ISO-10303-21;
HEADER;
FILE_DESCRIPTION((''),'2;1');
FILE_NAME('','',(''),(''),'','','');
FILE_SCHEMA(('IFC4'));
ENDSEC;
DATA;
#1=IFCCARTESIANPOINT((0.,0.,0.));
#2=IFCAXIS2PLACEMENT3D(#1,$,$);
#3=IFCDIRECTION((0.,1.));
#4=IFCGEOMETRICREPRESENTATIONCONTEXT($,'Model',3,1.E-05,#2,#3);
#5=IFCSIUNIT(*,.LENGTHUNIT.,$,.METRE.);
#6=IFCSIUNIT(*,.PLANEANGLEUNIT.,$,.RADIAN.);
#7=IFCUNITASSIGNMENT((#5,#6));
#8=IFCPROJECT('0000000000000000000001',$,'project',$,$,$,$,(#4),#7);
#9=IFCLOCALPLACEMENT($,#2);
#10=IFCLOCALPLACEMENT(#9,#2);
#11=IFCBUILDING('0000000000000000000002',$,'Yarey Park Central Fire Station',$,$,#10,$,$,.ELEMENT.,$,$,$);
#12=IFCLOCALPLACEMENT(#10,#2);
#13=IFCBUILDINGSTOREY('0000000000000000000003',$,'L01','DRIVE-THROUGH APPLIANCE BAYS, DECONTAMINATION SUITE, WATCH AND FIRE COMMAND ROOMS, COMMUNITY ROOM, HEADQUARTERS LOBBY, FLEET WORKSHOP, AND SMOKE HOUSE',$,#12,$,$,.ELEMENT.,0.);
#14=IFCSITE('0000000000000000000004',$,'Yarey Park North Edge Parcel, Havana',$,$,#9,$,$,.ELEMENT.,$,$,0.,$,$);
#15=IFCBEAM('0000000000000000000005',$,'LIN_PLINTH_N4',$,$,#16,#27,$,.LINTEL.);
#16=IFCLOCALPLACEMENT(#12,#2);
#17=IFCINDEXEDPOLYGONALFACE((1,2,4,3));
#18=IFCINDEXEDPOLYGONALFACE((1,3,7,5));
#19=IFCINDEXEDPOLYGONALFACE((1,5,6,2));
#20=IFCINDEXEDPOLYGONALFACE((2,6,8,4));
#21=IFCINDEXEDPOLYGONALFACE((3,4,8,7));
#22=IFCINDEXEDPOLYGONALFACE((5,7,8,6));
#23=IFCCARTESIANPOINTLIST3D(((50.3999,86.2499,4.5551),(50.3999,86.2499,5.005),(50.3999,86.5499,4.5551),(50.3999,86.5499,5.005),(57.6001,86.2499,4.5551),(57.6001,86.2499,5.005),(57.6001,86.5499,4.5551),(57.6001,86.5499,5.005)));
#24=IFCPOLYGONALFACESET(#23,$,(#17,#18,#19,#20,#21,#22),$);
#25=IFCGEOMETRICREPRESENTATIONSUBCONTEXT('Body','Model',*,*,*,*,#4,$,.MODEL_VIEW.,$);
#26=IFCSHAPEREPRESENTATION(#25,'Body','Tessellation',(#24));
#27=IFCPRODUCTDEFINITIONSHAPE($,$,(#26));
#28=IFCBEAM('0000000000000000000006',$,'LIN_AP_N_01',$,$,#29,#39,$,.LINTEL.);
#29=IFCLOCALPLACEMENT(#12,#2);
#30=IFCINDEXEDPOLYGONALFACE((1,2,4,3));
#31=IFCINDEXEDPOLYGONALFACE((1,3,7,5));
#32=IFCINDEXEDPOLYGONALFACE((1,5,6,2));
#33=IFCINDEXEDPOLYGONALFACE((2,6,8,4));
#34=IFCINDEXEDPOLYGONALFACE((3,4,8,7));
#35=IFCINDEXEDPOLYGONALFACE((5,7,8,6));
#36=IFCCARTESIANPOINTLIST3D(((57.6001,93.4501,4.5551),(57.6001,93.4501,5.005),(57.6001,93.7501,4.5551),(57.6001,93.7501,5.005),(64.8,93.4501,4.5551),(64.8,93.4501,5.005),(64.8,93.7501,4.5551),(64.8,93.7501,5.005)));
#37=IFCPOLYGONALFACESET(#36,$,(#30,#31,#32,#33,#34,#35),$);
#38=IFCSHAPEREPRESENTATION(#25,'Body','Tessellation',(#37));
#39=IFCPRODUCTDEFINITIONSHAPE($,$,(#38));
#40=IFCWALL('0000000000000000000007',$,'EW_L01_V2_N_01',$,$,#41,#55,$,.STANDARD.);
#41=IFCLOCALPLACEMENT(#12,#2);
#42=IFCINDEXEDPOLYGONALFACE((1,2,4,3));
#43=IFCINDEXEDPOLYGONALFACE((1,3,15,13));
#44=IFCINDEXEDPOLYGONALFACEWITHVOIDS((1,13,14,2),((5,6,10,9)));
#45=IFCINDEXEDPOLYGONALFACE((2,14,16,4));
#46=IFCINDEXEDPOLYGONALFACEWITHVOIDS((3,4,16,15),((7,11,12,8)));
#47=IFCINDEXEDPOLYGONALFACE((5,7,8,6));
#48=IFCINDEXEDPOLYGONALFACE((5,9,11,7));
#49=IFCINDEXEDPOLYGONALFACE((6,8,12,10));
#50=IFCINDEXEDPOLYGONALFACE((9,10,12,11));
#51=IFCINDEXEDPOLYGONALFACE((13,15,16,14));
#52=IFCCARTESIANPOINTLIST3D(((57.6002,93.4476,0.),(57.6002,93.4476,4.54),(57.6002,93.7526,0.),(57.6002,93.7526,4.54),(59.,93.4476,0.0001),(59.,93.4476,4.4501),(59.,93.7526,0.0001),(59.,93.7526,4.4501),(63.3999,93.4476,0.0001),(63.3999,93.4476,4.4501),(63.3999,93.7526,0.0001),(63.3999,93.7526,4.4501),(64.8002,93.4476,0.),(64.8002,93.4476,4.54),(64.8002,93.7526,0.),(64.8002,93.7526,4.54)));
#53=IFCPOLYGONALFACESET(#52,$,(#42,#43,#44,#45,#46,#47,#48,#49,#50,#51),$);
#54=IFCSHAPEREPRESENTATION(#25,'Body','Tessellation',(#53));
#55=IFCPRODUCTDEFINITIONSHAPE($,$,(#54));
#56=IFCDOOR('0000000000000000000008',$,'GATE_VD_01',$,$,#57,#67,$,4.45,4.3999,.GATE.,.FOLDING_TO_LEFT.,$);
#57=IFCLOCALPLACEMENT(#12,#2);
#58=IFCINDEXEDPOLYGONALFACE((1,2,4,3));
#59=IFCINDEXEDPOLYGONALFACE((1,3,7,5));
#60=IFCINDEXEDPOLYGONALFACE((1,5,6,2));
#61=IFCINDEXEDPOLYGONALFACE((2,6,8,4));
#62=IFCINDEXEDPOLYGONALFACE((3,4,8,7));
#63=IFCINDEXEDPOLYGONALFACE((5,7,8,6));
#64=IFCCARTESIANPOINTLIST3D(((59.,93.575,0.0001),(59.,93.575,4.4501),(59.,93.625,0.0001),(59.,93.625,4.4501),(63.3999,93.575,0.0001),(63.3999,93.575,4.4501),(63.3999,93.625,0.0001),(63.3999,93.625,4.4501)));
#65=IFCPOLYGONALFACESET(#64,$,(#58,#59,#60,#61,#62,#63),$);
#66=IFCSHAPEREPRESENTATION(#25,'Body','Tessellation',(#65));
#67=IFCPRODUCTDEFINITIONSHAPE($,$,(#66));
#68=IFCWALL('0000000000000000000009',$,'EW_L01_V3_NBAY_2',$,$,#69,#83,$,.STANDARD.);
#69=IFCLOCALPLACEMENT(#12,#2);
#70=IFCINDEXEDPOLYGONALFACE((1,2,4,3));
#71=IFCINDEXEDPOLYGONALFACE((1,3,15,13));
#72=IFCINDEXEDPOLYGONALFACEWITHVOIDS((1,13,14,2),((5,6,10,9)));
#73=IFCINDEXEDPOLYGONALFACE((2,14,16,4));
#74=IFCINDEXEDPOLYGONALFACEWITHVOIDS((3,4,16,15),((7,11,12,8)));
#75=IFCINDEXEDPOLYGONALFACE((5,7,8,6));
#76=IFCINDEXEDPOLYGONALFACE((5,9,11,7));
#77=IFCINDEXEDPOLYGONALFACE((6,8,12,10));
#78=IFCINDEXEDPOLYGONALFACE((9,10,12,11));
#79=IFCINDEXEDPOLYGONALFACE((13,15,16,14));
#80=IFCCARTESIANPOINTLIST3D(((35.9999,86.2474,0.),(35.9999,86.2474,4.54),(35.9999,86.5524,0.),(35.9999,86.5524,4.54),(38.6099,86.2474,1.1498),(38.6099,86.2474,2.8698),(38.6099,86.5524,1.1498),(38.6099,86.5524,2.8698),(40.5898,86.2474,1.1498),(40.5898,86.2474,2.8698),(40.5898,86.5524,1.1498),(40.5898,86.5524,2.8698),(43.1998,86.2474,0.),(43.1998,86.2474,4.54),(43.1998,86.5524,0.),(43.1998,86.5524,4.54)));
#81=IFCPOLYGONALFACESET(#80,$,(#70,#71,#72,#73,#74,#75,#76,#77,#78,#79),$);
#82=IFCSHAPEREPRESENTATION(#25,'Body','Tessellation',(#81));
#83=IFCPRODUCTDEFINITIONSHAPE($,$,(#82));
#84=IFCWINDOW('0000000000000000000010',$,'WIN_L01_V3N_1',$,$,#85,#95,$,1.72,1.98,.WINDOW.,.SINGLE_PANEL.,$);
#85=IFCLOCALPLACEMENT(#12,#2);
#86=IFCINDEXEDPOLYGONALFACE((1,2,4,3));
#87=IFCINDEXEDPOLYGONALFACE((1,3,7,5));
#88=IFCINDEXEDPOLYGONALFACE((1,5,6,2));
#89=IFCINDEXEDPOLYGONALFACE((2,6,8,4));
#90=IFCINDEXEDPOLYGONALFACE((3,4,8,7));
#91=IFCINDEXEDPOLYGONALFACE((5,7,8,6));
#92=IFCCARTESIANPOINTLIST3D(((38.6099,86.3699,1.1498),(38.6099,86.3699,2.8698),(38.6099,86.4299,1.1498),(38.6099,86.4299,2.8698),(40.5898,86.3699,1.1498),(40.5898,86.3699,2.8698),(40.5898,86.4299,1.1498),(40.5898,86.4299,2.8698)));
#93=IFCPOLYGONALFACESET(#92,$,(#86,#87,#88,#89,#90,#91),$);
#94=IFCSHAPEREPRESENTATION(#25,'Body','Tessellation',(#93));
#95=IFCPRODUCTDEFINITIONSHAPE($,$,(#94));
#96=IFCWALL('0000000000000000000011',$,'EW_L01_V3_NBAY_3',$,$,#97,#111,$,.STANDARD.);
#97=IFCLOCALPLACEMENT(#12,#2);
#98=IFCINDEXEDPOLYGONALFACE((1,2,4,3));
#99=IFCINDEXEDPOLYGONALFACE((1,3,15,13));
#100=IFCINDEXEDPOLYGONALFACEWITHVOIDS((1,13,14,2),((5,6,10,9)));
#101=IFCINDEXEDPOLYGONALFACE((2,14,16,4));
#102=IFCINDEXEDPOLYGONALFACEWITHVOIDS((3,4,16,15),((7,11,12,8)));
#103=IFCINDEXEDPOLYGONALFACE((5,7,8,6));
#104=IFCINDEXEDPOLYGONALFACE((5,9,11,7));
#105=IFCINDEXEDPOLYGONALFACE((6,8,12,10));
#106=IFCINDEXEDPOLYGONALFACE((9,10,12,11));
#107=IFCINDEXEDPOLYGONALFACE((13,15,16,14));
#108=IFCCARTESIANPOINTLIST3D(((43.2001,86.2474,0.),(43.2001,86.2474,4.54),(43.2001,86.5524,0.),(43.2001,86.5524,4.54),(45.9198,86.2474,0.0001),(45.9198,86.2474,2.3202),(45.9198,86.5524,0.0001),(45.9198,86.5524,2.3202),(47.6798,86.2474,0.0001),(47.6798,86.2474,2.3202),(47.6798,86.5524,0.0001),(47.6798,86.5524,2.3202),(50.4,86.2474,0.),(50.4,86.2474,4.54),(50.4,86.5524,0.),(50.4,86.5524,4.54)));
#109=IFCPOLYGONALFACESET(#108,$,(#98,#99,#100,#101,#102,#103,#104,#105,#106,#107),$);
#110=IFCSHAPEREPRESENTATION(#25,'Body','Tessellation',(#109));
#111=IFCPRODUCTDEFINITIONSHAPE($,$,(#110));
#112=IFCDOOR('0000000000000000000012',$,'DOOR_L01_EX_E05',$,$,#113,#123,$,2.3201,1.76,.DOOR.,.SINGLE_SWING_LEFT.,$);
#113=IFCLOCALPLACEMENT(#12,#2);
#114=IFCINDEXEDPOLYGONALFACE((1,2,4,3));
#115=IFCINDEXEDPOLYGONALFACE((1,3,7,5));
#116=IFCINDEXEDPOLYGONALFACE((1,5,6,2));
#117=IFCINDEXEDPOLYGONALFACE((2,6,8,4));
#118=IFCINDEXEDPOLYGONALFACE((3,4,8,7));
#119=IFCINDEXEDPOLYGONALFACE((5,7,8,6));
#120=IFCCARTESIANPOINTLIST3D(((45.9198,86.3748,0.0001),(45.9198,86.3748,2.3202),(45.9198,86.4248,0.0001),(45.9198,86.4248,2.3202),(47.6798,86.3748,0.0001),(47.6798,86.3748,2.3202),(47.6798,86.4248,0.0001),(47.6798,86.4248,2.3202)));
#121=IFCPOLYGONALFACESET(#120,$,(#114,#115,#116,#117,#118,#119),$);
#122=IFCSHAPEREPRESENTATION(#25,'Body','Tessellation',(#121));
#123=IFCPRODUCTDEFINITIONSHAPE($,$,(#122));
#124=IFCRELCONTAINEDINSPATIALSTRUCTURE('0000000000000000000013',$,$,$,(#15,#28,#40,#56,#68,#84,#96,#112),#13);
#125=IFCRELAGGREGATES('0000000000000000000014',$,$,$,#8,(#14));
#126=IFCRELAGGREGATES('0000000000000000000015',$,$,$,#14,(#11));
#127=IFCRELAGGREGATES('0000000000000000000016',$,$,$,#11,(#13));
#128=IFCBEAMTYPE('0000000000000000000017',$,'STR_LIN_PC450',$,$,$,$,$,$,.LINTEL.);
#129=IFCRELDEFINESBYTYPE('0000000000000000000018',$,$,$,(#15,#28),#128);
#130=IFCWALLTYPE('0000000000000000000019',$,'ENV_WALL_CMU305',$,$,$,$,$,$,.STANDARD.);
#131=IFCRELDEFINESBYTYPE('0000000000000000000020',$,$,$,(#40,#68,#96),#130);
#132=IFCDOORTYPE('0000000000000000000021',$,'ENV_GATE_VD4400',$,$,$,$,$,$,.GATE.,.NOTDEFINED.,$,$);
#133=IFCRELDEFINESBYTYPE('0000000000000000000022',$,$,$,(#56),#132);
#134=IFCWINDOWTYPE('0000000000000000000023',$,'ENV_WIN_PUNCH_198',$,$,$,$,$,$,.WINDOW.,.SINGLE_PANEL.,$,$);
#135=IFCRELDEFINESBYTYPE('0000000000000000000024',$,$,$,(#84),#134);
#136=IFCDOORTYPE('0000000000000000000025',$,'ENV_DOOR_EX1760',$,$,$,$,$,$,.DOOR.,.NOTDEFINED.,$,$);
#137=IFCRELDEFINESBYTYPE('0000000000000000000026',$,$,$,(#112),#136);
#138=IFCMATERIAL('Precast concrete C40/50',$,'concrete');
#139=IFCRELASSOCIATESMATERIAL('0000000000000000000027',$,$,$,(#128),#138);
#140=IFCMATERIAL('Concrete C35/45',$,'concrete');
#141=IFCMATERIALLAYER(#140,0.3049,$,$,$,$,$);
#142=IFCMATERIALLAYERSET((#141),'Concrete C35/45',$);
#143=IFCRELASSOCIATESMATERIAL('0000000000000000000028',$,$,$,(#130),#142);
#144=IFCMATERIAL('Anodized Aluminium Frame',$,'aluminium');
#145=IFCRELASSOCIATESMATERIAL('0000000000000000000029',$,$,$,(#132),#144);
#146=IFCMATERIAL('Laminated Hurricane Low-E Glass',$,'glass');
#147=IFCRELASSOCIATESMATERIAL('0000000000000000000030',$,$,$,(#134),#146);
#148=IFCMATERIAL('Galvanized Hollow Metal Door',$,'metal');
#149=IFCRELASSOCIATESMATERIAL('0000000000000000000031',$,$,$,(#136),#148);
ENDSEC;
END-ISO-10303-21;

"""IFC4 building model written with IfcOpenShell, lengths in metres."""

from ifc_helpers import new_model, si_unit, direction, frame, frame_2d, origin, origin_2d, place, context, subcontext, project, spatial, rectangle, extrude, material, layer, layer_set, material_profile, profile_set, type_object, element, fill, save


model = new_model("IFC4")

# Units and contexts
model_context = context("Model", 3, precision=1e-05, world=origin(), true_north=direction((0.0, 1.0)))
body_context = subcontext(model_context, "Body", "Model", "MODEL_VIEW")
ifc_project = project(units=[si_unit("LENGTHUNIT", "METRE"), si_unit("PLANEANGLEUNIT", "RADIAN")], contexts=[model_context])

# Site, building, storey
site_placement = place(None, origin())
site = spatial("IfcSite", under=ifc_project, at=site_placement, Name="Yarey Park North Edge Parcel, Havana", CompositionType="ELEMENT", RefElevation=0.0)
building_placement = place(site_placement, origin())
building = spatial("IfcBuilding", under=site, at=building_placement, Name="Yarey Park Central Fire Station", CompositionType="ELEMENT")
storey_placement = place(building_placement, origin())
storey = spatial("IfcBuildingStorey", under=building, at=storey_placement, Name="L01", Description="DRIVE-THROUGH APPLIANCE BAYS, DECONTAMINATION SUITE, WATCH AND FIRE COMMAND ROOMS, COMMUNITY ROOM, HEADQUARTERS LOBBY, FLEET WORKSHOP, AND SMOKE HOUSE", CompositionType="ELEMENT", Elevation=0.0)

# Shared definitions
ifc_material_1 = material(Name="Concrete C35/45", Category="concrete")

# Beams
ifc_material_2 = material(Name="Precast concrete C40/50", Category="concrete")
ifc_material_profile_1 = material_profile(ifc_material_2, rectangle(XDim=0.3, YDim=0.45, at=origin_2d()), Name="PC 300x450")
ifc_profile_set_1 = profile_set([ifc_material_profile_1], Name="Precast concrete C40/50")
beam_type = type_object("IfcBeamType", Name="STR_LIN_PC450", PredefinedType="LINTEL", material=ifc_profile_set_1)
beam_1_placement = place(storey_placement, frame((50.3999, 86.3999, 4.78), z_axis=(1.0, 0.0, 0.0), x_axis=(0.0, 1.0, 0.0)))
element("IfcBeam", 1, at=beam_1_placement, inside=storey, type_object=beam_type, Name="LIN_PLINTH_N4", PredefinedType="LINTEL", context=body_context, shape_type="SweptSolid", body=[
    extrude(rectangle(XDim=0.3, YDim=0.45, at=origin_2d()), origin(), (0.0, 0.0, 1.0), 7.2002),
])
beam_2_placement = place(storey_placement, frame((57.6001, 93.6001, 4.78), z_axis=(1.0, 0.0, 0.0), x_axis=(0.0, 1.0, 0.0)))
element("IfcBeam", 2, at=beam_2_placement, inside=storey, type_object=beam_type, Name="LIN_AP_N_01", PredefinedType="LINTEL", context=body_context, shape_type="SweptSolid", body=[
    extrude(rectangle(XDim=0.3, YDim=0.45, at=origin_2d()), origin(), (0.0, 0.0, 1.0), 7.2),
])

# Wall, opening, door
ifc_layer = layer(ifc_material_1, 0.3049)
ifc_layer_set = layer_set([ifc_layer], Name="Concrete C35/45")
wall_type = type_object("IfcWallType", Name="ENV_WALL_CMU305", PredefinedType="STANDARD", material=ifc_layer_set)
wall_1_placement = place(storey_placement, frame((57.6001, 93.6001, 0.0), z_axis=(0.0, 0.0, 1.0), x_axis=(1.0, 0.0, 0.0)))
wall_1 = element("IfcWall", 3, at=wall_1_placement, inside=storey, type_object=wall_type, Name="EW_L01_V2_N_01", PredefinedType="STANDARD", context=body_context, shape_type="SweptSolid", body=[
    extrude(rectangle(XDim=7.2, YDim=0.3049, at=frame_2d((3.6001, 0.0))), origin(), (0.0, 0.0, 1.0), 4.54),
])
opening_1_placement = place(wall_1_placement, frame((1.3999, 0.0, 0.0)))
opening_1 = element("IfcOpeningElement", 4, at=opening_1_placement, cuts=wall_1, PredefinedType="OPENING", context=body_context, shape_type="SweptSolid", body=[
    extrude(rectangle(XDim=4.3999, YDim=4.45, at=frame_2d((2.2, 2.2251))), frame((0.0, 0.1624, 0.0), z_axis=(0.0, -1.0, 0.0), x_axis=(1.0, 0.0, 0.0)), (0.0, 0.0, 1.0), 0.325),
])
ifc_material_3 = material(Name="Anodized Aluminium Frame", Category="aluminium")
door_type_1 = type_object("IfcDoorType", Name="ENV_GATE_VD4400", OperationType="NOTDEFINED", PredefinedType="GATE", material=ifc_material_3)
door_1_placement = place(opening_1_placement, origin())
door_1 = element("IfcDoor", 5, at=door_1_placement, inside=storey, type_object=door_type_1, Name="GATE_VD_01", OperationType="FOLDING_TO_LEFT", OverallHeight=4.45, OverallWidth=4.3999, PredefinedType="GATE", context=body_context, shape_type="SweptSolid", body=[
    extrude(rectangle(XDim=4.3999, YDim=4.45, at=frame_2d((2.2, 2.2251))), frame((0.0, 0.0249, 0.0), z_axis=(0.0, -1.0, 0.0), x_axis=(1.0, 0.0, 0.0)), (0.0, 0.0, 1.0), 0.05),
])
fill(opening_1, door_1)

# Wall, opening, window
wall_2_placement = place(storey_placement, frame((43.2, 86.3999, 0.0), z_axis=(0.0, 0.0, 1.0), x_axis=(-1.0, 0.0, 0.0)))
wall_2 = element("IfcWall", 6, at=wall_2_placement, inside=storey, type_object=wall_type, Name="EW_L01_V3_NBAY_2", PredefinedType="STANDARD", context=body_context, shape_type="SweptSolid", body=[
    extrude(rectangle(XDim=7.2, YDim=0.3049, at=frame_2d((3.6001, 0.0))), origin(), (0.0, 0.0, 1.0), 4.54),
])
opening_2_placement = place(wall_2_placement, frame((2.6101, 0.0, 1.1499)))
opening_2 = element("IfcOpeningElement", 7, at=opening_2_placement, cuts=wall_2, PredefinedType="OPENING", context=body_context, shape_type="SweptSolid", body=[
    extrude(rectangle(XDim=1.98, YDim=1.72, at=frame_2d((0.99, 0.8599))), frame((0.0, 0.1624, 0.0), z_axis=(0.0, -1.0, 0.0), x_axis=(1.0, 0.0, 0.0)), (0.0, 0.0, 1.0), 0.325),
])
ifc_material_4 = material(Name="Laminated Hurricane Low-E Glass", Category="glass")
window_type = type_object("IfcWindowType", Name="ENV_WIN_PUNCH_198", PartitioningType="SINGLE_PANEL", PredefinedType="WINDOW", material=ifc_material_4)
window_placement = place(opening_2_placement, origin())
window = element("IfcWindow", 8, at=window_placement, inside=storey, type_object=window_type, Name="WIN_L01_V3N_1", OverallHeight=1.72, OverallWidth=1.98, PartitioningType="SINGLE_PANEL", PredefinedType="WINDOW", context=body_context, shape_type="SweptSolid", body=[
    extrude(rectangle(XDim=1.98, YDim=1.72, at=frame_2d((0.99, 0.8599))), frame((0.0, 0.03, 0.0), z_axis=(0.0, -1.0, 0.0), x_axis=(1.0, 0.0, 0.0)), (0.0, 0.0, 1.0), 0.0601),
])
fill(opening_2, window)

# Wall, opening, door
wall_3_placement = place(storey_placement, frame((43.2, 86.3999, 0.0), z_axis=(0.0, 0.0, 1.0), x_axis=(1.0, 0.0, 0.0)))
wall_3 = element("IfcWall", 9, at=wall_3_placement, inside=storey, type_object=wall_type, Name="EW_L01_V3_NBAY_3", PredefinedType="STANDARD", context=body_context, shape_type="SweptSolid", body=[
    extrude(rectangle(XDim=7.2, YDim=0.3049, at=frame_2d((3.6001, 0.0))), origin(), (0.0, 0.0, 1.0), 4.54),
])
opening_3_placement = place(wall_3_placement, frame((2.72, 0.0, 0.0)))
opening_3 = element("IfcOpeningElement", 10, at=opening_3_placement, cuts=wall_3, PredefinedType="OPENING", context=body_context, shape_type="SweptSolid", body=[
    extrude(rectangle(XDim=1.76, YDim=2.3201, at=frame_2d((0.8799, 1.1602))), frame((0.0, 0.1624, 0.0), z_axis=(0.0, -1.0, 0.0), x_axis=(1.0, 0.0, 0.0)), (0.0, 0.0, 1.0), 0.325),
])
ifc_material_5 = material(Name="Galvanized Hollow Metal Door", Category="metal")
door_type_2 = type_object("IfcDoorType", Name="ENV_DOOR_EX1760", OperationType="NOTDEFINED", PredefinedType="DOOR", material=ifc_material_5)
door_2_placement = place(opening_3_placement, origin())
door_2 = element("IfcDoor", 11, at=door_2_placement, inside=storey, type_object=door_type_2, Name="DOOR_L01_EX_E05", OperationType="SINGLE_SWING_LEFT", OverallHeight=2.3201, OverallWidth=1.76, PredefinedType="DOOR", context=body_context, shape_type="SweptSolid", body=[
    extrude(rectangle(XDim=1.76, YDim=2.3201, at=frame_2d((0.8799, 1.1602))), frame((0.0, 0.0249, 0.0), z_axis=(0.0, -1.0, 0.0), x_axis=(1.0, 0.0, 0.0)), (0.0, 0.0, 1.0), 0.05),
])
fill(opening_3, door_2)

save(model, "model.ifc")
